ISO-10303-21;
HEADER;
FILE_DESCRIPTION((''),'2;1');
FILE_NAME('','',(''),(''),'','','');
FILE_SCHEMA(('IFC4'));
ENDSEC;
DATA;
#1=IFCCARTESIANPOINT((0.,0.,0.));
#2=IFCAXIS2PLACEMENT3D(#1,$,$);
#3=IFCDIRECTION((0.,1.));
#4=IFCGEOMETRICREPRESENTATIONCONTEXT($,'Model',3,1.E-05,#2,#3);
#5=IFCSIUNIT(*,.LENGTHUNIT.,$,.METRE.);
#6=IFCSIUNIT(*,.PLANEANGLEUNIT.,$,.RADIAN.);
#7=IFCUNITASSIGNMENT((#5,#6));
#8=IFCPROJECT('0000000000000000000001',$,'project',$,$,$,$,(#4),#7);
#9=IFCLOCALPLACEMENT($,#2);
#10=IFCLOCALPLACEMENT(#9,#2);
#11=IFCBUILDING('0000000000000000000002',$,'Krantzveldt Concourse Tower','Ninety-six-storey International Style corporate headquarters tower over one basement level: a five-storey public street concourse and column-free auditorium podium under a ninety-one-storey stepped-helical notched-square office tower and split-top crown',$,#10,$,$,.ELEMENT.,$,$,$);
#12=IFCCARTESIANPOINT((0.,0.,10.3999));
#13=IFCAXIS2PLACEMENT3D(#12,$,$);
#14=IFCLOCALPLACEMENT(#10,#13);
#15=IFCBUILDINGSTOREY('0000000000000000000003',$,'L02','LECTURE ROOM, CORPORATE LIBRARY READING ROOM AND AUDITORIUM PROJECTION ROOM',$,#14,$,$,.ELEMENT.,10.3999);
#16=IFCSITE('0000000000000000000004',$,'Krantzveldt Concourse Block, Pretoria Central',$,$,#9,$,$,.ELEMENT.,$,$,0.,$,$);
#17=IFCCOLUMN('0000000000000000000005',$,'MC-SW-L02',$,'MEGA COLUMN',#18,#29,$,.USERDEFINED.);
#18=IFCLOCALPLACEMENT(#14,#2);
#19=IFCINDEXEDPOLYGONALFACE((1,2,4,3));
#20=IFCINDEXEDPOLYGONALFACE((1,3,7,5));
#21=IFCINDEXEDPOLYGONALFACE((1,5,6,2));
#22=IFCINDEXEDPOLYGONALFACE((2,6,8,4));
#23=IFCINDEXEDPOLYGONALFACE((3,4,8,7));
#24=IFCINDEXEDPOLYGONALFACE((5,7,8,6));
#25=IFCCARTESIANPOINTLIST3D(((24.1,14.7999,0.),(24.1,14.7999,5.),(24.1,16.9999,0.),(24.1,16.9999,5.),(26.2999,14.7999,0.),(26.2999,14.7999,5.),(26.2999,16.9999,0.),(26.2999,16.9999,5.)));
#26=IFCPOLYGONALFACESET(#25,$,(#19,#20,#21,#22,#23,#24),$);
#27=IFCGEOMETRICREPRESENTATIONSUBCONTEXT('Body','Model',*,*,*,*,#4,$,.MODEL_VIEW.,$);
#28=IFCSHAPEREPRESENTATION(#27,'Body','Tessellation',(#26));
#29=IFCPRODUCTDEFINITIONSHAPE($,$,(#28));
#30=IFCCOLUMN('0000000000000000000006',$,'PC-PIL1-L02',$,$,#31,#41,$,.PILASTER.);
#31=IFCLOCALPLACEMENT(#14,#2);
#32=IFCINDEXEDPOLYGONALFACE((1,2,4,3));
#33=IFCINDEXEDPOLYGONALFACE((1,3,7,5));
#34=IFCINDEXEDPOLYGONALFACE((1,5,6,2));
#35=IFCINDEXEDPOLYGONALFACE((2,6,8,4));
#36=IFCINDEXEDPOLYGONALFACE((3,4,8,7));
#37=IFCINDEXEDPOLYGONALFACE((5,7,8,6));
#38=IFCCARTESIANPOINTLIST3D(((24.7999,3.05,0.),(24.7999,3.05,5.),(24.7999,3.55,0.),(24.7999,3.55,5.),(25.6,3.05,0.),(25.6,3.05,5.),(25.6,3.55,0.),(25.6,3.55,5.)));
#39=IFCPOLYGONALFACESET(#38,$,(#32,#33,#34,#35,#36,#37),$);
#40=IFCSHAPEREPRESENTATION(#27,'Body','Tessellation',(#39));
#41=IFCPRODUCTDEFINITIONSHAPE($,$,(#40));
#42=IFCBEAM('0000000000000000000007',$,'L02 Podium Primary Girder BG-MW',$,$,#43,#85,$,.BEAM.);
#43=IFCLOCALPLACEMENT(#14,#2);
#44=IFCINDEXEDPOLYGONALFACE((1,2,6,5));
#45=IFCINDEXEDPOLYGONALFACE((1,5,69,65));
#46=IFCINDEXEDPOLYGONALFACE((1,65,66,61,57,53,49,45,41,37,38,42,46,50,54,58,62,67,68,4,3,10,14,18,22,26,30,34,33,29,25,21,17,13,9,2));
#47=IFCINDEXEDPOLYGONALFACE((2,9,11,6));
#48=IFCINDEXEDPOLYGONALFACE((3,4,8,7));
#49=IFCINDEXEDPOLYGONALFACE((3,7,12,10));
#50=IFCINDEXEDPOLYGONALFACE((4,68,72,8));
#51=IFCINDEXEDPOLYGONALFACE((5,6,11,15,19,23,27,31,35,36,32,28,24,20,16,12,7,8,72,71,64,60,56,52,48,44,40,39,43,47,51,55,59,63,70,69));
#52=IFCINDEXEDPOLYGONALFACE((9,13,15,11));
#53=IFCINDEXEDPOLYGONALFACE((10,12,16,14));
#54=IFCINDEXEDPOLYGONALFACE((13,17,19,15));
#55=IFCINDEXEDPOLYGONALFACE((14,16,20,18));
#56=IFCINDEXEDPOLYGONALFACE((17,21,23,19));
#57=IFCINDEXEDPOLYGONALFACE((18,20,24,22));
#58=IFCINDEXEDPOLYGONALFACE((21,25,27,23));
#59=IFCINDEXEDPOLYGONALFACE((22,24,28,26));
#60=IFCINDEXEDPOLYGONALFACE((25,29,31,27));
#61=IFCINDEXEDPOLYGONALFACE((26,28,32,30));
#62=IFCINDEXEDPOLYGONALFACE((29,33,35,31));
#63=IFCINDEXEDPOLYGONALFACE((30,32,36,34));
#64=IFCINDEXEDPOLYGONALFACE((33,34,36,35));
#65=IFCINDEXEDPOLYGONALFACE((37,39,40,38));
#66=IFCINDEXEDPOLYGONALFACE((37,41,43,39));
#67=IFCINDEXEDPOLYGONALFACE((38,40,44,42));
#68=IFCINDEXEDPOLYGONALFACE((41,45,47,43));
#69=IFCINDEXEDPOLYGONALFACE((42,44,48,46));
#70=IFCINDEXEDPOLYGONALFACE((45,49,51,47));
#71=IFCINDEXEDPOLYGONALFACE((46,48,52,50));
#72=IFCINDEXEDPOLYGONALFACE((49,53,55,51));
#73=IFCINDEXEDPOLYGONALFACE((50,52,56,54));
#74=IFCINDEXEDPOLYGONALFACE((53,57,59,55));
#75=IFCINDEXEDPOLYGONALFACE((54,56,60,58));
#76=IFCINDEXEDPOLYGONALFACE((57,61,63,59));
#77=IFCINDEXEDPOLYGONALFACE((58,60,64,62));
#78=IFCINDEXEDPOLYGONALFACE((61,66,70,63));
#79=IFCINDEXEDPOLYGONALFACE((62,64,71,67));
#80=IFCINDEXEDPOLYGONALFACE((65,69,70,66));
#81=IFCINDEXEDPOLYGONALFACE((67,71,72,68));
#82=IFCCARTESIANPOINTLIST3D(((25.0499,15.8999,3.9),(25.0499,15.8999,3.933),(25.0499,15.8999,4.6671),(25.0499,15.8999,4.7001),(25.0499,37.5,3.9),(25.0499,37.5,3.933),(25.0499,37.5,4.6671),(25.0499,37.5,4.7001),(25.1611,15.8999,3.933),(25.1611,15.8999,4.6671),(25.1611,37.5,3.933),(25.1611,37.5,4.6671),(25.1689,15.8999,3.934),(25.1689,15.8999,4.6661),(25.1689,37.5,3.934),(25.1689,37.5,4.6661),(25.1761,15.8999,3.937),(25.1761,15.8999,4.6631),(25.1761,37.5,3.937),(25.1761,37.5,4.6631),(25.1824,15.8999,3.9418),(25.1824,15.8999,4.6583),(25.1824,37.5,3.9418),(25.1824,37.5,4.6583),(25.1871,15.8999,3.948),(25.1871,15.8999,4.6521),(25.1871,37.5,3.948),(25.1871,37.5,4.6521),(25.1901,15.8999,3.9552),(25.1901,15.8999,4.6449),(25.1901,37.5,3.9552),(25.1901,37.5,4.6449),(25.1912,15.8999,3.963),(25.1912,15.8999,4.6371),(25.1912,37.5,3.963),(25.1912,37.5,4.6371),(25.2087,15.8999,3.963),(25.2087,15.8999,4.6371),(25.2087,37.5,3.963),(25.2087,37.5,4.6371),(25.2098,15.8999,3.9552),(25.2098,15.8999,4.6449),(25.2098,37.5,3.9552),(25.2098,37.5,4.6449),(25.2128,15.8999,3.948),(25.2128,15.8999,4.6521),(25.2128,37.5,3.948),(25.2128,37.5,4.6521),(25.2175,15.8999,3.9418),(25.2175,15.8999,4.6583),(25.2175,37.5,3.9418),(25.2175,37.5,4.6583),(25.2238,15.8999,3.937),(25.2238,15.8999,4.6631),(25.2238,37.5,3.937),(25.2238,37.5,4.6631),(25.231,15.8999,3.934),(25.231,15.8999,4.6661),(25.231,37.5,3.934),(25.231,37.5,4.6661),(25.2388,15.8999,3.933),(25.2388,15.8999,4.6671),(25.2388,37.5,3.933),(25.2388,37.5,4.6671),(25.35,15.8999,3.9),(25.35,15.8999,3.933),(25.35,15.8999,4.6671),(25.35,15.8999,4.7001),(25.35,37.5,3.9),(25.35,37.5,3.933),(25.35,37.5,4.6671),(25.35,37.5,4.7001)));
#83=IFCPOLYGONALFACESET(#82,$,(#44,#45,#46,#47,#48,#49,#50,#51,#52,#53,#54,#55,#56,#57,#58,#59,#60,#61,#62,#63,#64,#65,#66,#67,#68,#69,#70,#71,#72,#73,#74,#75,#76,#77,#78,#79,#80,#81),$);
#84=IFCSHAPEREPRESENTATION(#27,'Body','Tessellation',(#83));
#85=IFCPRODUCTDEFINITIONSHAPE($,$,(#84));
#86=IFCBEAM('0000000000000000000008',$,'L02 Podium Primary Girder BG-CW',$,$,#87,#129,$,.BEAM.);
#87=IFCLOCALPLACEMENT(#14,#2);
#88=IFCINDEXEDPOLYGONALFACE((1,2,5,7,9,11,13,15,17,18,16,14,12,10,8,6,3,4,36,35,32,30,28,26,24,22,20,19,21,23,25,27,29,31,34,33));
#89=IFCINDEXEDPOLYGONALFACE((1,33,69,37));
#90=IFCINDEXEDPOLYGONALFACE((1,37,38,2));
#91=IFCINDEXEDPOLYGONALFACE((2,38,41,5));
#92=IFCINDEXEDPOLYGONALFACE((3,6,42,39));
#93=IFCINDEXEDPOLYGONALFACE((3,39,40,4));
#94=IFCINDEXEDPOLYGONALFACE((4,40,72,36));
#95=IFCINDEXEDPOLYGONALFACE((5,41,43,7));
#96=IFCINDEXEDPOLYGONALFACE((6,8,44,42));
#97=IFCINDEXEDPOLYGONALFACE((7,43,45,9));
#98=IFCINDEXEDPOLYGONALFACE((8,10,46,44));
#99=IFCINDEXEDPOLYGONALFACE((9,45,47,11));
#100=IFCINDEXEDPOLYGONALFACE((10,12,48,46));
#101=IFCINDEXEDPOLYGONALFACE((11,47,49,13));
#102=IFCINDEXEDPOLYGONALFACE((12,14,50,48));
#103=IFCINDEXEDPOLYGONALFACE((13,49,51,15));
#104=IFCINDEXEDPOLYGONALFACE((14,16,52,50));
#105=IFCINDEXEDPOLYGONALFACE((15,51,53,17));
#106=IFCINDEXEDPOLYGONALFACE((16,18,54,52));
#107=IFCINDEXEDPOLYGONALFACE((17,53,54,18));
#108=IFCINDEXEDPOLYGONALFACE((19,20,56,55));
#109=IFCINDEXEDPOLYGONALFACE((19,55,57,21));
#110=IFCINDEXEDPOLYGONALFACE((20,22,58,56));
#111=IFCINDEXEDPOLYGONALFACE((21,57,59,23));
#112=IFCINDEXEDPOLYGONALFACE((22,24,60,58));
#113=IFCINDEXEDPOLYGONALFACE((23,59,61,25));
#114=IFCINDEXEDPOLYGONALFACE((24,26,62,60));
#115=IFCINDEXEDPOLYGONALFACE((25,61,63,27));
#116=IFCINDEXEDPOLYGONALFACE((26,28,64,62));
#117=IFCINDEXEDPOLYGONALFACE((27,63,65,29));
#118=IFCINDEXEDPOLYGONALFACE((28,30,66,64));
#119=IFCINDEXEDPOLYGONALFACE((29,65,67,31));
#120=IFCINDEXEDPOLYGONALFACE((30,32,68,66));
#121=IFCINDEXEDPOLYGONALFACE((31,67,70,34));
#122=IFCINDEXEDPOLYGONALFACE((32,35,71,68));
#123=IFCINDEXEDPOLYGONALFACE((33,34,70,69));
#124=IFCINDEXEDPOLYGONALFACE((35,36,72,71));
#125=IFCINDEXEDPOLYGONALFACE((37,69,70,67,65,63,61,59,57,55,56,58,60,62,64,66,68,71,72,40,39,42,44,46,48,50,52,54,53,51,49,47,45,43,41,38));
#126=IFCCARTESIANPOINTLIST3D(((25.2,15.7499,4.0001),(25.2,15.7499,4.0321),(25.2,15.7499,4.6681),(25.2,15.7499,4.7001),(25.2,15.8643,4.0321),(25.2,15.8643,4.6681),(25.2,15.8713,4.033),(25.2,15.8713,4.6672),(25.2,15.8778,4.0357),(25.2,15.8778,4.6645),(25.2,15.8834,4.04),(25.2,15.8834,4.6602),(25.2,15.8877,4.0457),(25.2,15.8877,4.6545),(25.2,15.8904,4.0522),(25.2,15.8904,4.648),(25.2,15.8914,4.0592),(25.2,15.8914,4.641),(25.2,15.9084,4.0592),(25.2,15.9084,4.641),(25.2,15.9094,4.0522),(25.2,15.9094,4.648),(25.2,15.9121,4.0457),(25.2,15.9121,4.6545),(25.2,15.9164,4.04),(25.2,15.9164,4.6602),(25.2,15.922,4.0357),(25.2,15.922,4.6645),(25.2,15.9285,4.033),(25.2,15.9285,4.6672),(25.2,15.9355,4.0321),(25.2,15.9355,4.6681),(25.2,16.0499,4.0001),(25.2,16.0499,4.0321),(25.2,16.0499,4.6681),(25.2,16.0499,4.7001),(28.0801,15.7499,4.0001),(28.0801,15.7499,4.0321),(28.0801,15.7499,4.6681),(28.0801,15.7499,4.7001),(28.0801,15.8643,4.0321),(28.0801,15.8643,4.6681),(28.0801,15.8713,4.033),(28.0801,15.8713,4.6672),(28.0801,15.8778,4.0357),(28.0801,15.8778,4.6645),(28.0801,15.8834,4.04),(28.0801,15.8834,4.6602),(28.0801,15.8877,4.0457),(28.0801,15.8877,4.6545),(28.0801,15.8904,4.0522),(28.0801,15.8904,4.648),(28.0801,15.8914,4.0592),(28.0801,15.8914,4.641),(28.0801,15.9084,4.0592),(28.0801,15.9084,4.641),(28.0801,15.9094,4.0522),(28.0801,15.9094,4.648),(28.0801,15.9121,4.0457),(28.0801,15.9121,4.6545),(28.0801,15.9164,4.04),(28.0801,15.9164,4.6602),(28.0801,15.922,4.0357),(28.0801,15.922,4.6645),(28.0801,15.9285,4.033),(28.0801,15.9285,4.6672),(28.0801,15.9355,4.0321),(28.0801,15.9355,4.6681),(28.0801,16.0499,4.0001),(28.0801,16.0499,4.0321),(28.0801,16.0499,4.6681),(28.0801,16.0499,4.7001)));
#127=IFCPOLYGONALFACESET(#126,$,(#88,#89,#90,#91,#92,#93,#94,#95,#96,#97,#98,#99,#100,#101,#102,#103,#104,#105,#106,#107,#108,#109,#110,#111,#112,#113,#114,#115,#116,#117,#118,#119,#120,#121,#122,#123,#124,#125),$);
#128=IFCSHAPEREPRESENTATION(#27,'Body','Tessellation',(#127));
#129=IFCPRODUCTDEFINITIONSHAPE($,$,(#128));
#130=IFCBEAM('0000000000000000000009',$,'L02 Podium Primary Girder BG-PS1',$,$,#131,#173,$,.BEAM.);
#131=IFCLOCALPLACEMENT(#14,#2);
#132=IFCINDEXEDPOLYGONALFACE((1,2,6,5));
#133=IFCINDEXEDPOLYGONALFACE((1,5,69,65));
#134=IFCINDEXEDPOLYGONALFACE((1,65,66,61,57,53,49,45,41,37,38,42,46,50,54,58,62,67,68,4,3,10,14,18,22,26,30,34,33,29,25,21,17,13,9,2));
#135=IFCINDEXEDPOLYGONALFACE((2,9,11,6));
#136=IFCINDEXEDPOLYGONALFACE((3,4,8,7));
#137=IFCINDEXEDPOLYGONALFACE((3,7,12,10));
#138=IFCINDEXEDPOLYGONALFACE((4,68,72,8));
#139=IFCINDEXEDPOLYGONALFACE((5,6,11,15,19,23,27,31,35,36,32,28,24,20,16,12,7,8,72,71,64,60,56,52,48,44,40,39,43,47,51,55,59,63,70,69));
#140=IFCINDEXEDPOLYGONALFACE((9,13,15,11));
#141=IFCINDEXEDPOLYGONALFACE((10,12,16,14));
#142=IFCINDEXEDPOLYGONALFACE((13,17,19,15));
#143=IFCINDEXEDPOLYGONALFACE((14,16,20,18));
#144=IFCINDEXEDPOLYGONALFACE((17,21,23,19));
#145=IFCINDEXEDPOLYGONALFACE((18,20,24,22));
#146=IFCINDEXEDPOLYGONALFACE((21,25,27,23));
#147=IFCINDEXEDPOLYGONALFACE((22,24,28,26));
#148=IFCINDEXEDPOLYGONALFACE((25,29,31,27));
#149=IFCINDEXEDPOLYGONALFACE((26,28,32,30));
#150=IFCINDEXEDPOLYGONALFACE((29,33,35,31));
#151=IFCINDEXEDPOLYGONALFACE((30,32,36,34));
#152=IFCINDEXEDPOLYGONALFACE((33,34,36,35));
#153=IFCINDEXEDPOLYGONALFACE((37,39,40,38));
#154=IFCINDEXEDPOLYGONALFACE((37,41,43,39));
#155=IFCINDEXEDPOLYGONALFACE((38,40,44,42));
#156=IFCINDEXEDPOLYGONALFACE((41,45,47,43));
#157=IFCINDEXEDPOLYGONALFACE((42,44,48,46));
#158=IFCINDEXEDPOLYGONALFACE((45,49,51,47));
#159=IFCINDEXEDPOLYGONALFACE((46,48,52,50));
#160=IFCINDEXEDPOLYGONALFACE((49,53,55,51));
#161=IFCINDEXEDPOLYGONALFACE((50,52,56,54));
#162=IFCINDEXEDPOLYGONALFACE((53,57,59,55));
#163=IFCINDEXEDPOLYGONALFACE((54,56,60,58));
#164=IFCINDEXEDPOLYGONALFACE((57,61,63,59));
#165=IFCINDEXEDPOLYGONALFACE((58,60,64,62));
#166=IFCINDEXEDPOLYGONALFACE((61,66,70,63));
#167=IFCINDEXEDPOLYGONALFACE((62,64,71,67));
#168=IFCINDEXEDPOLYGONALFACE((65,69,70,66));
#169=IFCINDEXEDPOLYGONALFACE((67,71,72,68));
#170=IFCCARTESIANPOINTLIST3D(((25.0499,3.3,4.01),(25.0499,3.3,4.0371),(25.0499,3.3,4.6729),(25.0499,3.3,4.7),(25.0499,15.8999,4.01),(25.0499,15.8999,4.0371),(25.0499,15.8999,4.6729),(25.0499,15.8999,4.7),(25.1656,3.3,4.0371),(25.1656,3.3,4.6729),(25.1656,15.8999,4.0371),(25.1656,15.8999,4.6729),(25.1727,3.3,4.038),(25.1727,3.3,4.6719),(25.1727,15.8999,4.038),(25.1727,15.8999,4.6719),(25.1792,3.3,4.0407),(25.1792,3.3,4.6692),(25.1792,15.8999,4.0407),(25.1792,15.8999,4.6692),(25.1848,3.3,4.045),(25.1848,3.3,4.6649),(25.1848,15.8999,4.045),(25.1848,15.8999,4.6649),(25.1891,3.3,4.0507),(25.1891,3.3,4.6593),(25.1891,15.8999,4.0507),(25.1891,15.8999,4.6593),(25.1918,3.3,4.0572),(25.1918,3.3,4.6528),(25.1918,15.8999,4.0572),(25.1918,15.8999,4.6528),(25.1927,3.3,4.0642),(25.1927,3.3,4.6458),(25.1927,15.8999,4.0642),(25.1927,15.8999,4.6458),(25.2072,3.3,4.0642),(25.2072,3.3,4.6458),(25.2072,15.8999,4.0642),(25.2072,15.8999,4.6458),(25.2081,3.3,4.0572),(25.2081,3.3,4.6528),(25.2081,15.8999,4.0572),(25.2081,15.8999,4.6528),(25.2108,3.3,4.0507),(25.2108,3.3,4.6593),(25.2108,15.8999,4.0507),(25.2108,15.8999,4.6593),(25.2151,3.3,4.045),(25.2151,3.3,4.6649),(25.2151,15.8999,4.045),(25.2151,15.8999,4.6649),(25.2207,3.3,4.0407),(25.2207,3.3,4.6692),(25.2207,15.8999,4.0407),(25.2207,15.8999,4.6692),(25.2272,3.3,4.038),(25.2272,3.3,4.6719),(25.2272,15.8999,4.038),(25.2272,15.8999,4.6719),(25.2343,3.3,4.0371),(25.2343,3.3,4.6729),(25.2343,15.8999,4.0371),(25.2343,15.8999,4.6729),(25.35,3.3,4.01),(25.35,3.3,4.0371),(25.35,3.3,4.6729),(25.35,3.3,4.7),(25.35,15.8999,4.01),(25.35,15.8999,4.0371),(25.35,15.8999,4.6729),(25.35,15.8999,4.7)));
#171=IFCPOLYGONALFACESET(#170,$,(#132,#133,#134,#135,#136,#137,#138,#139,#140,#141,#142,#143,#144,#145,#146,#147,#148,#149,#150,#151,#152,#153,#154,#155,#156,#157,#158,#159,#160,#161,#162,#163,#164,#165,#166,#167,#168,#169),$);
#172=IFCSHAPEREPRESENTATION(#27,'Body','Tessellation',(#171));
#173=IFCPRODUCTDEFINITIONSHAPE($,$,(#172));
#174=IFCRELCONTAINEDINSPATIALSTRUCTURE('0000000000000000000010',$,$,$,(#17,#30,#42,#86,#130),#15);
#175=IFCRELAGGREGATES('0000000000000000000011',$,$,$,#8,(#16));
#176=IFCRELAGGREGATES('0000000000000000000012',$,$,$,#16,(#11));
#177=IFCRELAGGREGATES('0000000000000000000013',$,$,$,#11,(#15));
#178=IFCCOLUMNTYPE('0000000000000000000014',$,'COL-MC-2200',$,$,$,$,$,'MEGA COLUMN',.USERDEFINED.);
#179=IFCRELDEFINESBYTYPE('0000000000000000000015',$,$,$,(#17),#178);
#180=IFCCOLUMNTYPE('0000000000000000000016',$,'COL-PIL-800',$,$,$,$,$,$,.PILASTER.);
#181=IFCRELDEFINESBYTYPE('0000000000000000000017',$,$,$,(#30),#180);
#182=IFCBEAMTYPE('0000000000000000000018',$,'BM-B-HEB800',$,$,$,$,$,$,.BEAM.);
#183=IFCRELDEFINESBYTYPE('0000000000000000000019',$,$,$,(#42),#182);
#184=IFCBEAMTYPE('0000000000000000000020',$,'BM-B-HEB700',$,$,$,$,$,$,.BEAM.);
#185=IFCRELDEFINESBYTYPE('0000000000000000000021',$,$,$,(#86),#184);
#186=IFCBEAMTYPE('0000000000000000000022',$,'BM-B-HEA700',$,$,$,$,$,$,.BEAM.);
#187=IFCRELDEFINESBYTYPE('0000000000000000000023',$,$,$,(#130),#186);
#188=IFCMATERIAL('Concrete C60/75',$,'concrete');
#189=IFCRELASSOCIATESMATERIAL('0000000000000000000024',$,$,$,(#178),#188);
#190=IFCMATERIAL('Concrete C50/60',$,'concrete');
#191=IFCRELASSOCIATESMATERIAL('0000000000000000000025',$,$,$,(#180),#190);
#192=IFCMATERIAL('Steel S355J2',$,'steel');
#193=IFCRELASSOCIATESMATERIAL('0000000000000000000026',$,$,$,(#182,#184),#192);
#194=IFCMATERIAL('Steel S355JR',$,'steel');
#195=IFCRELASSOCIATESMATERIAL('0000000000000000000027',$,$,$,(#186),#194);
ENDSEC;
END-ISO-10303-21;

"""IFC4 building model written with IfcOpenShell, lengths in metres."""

from ifc_helpers import new_model, si_unit, direction, frame, origin, origin_2d, place, context, subcontext, project, spatial, rectangle, i_section, extrude, source, transform, mapped, material, material_profile, profile_set, type_object, type_shapes, element, save


model = new_model("IFC4")

# Units and contexts
model_context = context("Model", 3, precision=1e-05, world=origin(), true_north=direction((0.0, 1.0)))
body_context = subcontext(model_context, "Body", "Model", "MODEL_VIEW")
ifc_project = project(units=[si_unit("LENGTHUNIT", "METRE"), si_unit("PLANEANGLEUNIT", "RADIAN")], contexts=[model_context])

# Site, building, storey
site_placement = place(None, origin())
site = spatial("IfcSite", under=ifc_project, at=site_placement, Name="Krantzveldt Concourse Block, Pretoria Central", CompositionType="ELEMENT", RefElevation=0.0)
building_placement = place(site_placement, origin())
building = spatial("IfcBuilding", under=site, at=building_placement, Name="Krantzveldt Concourse Tower", Description="Ninety-six-storey International Style corporate headquarters tower over one basement level: a five-storey public street concourse and column-free auditorium podium under a ninety-one-storey stepped-helical notched-square office tower and split-top crown", CompositionType="ELEMENT")
storey_placement = place(building_placement, frame((0.0, 0.0, 10.3999)))
storey = spatial("IfcBuildingStorey", under=building, at=storey_placement, Name="L02", Description="LECTURE ROOM, CORPORATE LIBRARY READING ROOM AND AUDITORIUM PROJECTION ROOM", CompositionType="ELEMENT", Elevation=10.3999)

# Columns
ifc_material_1 = material(Name="Concrete C60/75", Category="concrete")
ifc_material_profile_1 = material_profile(ifc_material_1, rectangle(XDim=2.2, YDim=2.2, at=origin_2d()), Name="Concrete C60/75", Category="concrete")
ifc_profile_set_1 = profile_set([ifc_material_profile_1], Name="Concrete C60/75 - RC 2200x2200")
column_type_1 = type_object("IfcColumnType", Name="COL-MC-2200", ElementType="MEGA COLUMN", PredefinedType="USERDEFINED", material=ifc_profile_set_1)
shared_shape_1 = source(origin(), body_context, "Body", "SweptSolid", [
    extrude(rectangle(XDim=2.2, YDim=2.2, at=origin_2d()), origin(), (0.0, 0.0, 1.0), 5.0),
])
type_shapes(column_type_1, [shared_shape_1])
column_1_placement = place(storey_placement, frame((25.2, 15.8999, 0.0), z_axis=(0.0, 0.0, 1.0), x_axis=(1.0, 0.0, 0.0)))
element("IfcColumn", 1, at=column_1_placement, inside=storey, type_object=column_type_1, Name="MC-SW-L02", ObjectType="MEGA COLUMN", PredefinedType="USERDEFINED", context=body_context, shape_type="MappedRepresentation", body=[
    mapped(shared_shape_1, transform((0.0, 0.0, 0.0), x_axis=(1.0, 0.0, 0.0), y_axis=(0.0, 1.0, 0.0), z_axis=(0.0, 0.0, 1.0), scale=1.0)),
])
ifc_material_2 = material(Name="Concrete C50/60", Category="concrete")
ifc_material_profile_2 = material_profile(ifc_material_2, rectangle(XDim=0.8, YDim=0.5, at=origin_2d()), Name="Concrete C50/60", Category="concrete")
ifc_profile_set_2 = profile_set([ifc_material_profile_2], Name="Concrete C50/60 - RC-PIL 800x500")
column_type_2 = type_object("IfcColumnType", Name="COL-PIL-800", PredefinedType="PILASTER", material=ifc_profile_set_2)
shared_shape_2 = source(origin(), body_context, "Body", "SweptSolid", [
    extrude(rectangle(XDim=0.8, YDim=0.5, at=origin_2d()), origin(), (0.0, 0.0, 1.0), 5.0),
])
type_shapes(column_type_2, [shared_shape_2])
column_2_placement = place(storey_placement, frame((25.2, 3.3, 0.0), z_axis=(0.0, 0.0, 1.0), x_axis=(1.0, 0.0, 0.0)))
element("IfcColumn", 2, at=column_2_placement, inside=storey, type_object=column_type_2, Name="PC-PIL1-L02", PredefinedType="PILASTER", context=body_context, shape_type="MappedRepresentation", body=[
    mapped(shared_shape_2, transform((0.0, 0.0, 0.0), x_axis=(1.0, 0.0, 0.0), y_axis=(0.0, 1.0, 0.0), z_axis=(0.0, 0.0, 1.0), scale=1.0)),
])

# Beams
ifc_material_3 = material(Name="Steel S355J2", Category="steel")
ifc_material_profile_3 = material_profile(ifc_material_3, i_section(OverallWidth=0.3, OverallDepth=0.8, WebThickness=0.0176, FlangeThickness=0.033, FilletRadius=0.03, at=origin_2d()), Name="Steel S355J2", Category="steel")
ifc_profile_set_3 = profile_set([ifc_material_profile_3], Name="Steel S355J2 - HEB 800")
beam_type_1 = type_object("IfcBeamType", Name="BM-B-HEB800", PredefinedType="BEAM", material=ifc_profile_set_3)
shared_shape_3 = source(origin(), body_context, "Body", "SweptSolid", [
    extrude(i_section(OverallWidth=0.3, OverallDepth=0.8, WebThickness=0.0176, FlangeThickness=0.033, FilletRadius=0.03, at=origin_2d()), origin(), (0.0, 0.0, 1.0), 21.6001),
])
type_shapes(beam_type_1, [shared_shape_3])
beam_1_placement = place(storey_placement, frame((25.2, 15.8999, 4.3), z_axis=(0.0, 1.0, 0.0), x_axis=(-1.0, 0.0, 0.0)))
element("IfcBeam", 3, at=beam_1_placement, inside=storey, type_object=beam_type_1, Name="L02 Podium Primary Girder BG-MW", PredefinedType="BEAM", context=body_context, shape_type="MappedRepresentation", body=[
    mapped(shared_shape_3, transform((0.0, 0.0, 0.0), x_axis=(1.0, 0.0, 0.0), y_axis=(0.0, 1.0, 0.0), z_axis=(0.0, 0.0, 1.0), scale=1.0)),
])
ifc_material_profile_4 = material_profile(ifc_material_3, i_section(OverallWidth=0.3, OverallDepth=0.7, WebThickness=0.0171, FlangeThickness=0.032, FilletRadius=0.0271, at=origin_2d()), Name="Steel S355J2", Category="steel")
ifc_profile_set_4 = profile_set([ifc_material_profile_4], Name="Steel S355J2 - HEB 700")
beam_type_2 = type_object("IfcBeamType", Name="BM-B-HEB700", PredefinedType="BEAM", material=ifc_profile_set_4)
shared_shape_4 = source(origin(), body_context, "Body", "SweptSolid", [
    extrude(i_section(OverallWidth=0.3, OverallDepth=0.7, WebThickness=0.0171, FlangeThickness=0.032, FilletRadius=0.0271, at=origin_2d()), origin(), (0.0, 0.0, 1.0), 2.8801),
])
type_shapes(beam_type_2, [shared_shape_4])
beam_2_placement = place(storey_placement, frame((25.2, 15.8999, 4.3501), z_axis=(1.0, 0.0, 0.0), x_axis=(0.0, 1.0, 0.0)))
element("IfcBeam", 4, at=beam_2_placement, inside=storey, type_object=beam_type_2, Name="L02 Podium Primary Girder BG-CW", PredefinedType="BEAM", context=body_context, shape_type="MappedRepresentation", body=[
    mapped(shared_shape_4, transform((0.0, 0.0, 0.0), x_axis=(1.0, 0.0, 0.0), y_axis=(0.0, 1.0, 0.0), z_axis=(0.0, 0.0, 1.0), scale=1.0)),
])
ifc_material_4 = material(Name="Steel S355JR", Category="steel")
ifc_material_profile_5 = material_profile(ifc_material_4, i_section(OverallWidth=0.3, OverallDepth=0.6899, WebThickness=0.0144, FlangeThickness=0.0271, FilletRadius=0.0271, at=origin_2d()), Name="Steel S355JR", Category="steel")
ifc_profile_set_5 = profile_set([ifc_material_profile_5], Name="Steel S355JR - HEA 700")
beam_type_3 = type_object("IfcBeamType", Name="BM-B-HEA700", PredefinedType="BEAM", material=ifc_profile_set_5)
shared_shape_5 = source(origin(), body_context, "Body", "SweptSolid", [
    extrude(i_section(OverallWidth=0.3, OverallDepth=0.6899, WebThickness=0.0144, FlangeThickness=0.0271, FilletRadius=0.0271, at=origin_2d()), origin(), (0.0, 0.0, 1.0), 12.5999),
])
type_shapes(beam_type_3, [shared_shape_5])
beam_3_placement = place(storey_placement, frame((25.2, 3.3, 4.355), z_axis=(0.0, 1.0, 0.0), x_axis=(-1.0, 0.0, 0.0)))
element("IfcBeam", 5, at=beam_3_placement, inside=storey, type_object=beam_type_3, Name="L02 Podium Primary Girder BG-PS1", PredefinedType="BEAM", context=body_context, shape_type="MappedRepresentation", body=[
    mapped(shared_shape_5, transform((0.0, 0.0, 0.0), x_axis=(1.0, 0.0, 0.0), y_axis=(0.0, 1.0, 0.0), z_axis=(0.0, 0.0, 1.0), scale=1.0)),
])

save(model, "model.ifc")
